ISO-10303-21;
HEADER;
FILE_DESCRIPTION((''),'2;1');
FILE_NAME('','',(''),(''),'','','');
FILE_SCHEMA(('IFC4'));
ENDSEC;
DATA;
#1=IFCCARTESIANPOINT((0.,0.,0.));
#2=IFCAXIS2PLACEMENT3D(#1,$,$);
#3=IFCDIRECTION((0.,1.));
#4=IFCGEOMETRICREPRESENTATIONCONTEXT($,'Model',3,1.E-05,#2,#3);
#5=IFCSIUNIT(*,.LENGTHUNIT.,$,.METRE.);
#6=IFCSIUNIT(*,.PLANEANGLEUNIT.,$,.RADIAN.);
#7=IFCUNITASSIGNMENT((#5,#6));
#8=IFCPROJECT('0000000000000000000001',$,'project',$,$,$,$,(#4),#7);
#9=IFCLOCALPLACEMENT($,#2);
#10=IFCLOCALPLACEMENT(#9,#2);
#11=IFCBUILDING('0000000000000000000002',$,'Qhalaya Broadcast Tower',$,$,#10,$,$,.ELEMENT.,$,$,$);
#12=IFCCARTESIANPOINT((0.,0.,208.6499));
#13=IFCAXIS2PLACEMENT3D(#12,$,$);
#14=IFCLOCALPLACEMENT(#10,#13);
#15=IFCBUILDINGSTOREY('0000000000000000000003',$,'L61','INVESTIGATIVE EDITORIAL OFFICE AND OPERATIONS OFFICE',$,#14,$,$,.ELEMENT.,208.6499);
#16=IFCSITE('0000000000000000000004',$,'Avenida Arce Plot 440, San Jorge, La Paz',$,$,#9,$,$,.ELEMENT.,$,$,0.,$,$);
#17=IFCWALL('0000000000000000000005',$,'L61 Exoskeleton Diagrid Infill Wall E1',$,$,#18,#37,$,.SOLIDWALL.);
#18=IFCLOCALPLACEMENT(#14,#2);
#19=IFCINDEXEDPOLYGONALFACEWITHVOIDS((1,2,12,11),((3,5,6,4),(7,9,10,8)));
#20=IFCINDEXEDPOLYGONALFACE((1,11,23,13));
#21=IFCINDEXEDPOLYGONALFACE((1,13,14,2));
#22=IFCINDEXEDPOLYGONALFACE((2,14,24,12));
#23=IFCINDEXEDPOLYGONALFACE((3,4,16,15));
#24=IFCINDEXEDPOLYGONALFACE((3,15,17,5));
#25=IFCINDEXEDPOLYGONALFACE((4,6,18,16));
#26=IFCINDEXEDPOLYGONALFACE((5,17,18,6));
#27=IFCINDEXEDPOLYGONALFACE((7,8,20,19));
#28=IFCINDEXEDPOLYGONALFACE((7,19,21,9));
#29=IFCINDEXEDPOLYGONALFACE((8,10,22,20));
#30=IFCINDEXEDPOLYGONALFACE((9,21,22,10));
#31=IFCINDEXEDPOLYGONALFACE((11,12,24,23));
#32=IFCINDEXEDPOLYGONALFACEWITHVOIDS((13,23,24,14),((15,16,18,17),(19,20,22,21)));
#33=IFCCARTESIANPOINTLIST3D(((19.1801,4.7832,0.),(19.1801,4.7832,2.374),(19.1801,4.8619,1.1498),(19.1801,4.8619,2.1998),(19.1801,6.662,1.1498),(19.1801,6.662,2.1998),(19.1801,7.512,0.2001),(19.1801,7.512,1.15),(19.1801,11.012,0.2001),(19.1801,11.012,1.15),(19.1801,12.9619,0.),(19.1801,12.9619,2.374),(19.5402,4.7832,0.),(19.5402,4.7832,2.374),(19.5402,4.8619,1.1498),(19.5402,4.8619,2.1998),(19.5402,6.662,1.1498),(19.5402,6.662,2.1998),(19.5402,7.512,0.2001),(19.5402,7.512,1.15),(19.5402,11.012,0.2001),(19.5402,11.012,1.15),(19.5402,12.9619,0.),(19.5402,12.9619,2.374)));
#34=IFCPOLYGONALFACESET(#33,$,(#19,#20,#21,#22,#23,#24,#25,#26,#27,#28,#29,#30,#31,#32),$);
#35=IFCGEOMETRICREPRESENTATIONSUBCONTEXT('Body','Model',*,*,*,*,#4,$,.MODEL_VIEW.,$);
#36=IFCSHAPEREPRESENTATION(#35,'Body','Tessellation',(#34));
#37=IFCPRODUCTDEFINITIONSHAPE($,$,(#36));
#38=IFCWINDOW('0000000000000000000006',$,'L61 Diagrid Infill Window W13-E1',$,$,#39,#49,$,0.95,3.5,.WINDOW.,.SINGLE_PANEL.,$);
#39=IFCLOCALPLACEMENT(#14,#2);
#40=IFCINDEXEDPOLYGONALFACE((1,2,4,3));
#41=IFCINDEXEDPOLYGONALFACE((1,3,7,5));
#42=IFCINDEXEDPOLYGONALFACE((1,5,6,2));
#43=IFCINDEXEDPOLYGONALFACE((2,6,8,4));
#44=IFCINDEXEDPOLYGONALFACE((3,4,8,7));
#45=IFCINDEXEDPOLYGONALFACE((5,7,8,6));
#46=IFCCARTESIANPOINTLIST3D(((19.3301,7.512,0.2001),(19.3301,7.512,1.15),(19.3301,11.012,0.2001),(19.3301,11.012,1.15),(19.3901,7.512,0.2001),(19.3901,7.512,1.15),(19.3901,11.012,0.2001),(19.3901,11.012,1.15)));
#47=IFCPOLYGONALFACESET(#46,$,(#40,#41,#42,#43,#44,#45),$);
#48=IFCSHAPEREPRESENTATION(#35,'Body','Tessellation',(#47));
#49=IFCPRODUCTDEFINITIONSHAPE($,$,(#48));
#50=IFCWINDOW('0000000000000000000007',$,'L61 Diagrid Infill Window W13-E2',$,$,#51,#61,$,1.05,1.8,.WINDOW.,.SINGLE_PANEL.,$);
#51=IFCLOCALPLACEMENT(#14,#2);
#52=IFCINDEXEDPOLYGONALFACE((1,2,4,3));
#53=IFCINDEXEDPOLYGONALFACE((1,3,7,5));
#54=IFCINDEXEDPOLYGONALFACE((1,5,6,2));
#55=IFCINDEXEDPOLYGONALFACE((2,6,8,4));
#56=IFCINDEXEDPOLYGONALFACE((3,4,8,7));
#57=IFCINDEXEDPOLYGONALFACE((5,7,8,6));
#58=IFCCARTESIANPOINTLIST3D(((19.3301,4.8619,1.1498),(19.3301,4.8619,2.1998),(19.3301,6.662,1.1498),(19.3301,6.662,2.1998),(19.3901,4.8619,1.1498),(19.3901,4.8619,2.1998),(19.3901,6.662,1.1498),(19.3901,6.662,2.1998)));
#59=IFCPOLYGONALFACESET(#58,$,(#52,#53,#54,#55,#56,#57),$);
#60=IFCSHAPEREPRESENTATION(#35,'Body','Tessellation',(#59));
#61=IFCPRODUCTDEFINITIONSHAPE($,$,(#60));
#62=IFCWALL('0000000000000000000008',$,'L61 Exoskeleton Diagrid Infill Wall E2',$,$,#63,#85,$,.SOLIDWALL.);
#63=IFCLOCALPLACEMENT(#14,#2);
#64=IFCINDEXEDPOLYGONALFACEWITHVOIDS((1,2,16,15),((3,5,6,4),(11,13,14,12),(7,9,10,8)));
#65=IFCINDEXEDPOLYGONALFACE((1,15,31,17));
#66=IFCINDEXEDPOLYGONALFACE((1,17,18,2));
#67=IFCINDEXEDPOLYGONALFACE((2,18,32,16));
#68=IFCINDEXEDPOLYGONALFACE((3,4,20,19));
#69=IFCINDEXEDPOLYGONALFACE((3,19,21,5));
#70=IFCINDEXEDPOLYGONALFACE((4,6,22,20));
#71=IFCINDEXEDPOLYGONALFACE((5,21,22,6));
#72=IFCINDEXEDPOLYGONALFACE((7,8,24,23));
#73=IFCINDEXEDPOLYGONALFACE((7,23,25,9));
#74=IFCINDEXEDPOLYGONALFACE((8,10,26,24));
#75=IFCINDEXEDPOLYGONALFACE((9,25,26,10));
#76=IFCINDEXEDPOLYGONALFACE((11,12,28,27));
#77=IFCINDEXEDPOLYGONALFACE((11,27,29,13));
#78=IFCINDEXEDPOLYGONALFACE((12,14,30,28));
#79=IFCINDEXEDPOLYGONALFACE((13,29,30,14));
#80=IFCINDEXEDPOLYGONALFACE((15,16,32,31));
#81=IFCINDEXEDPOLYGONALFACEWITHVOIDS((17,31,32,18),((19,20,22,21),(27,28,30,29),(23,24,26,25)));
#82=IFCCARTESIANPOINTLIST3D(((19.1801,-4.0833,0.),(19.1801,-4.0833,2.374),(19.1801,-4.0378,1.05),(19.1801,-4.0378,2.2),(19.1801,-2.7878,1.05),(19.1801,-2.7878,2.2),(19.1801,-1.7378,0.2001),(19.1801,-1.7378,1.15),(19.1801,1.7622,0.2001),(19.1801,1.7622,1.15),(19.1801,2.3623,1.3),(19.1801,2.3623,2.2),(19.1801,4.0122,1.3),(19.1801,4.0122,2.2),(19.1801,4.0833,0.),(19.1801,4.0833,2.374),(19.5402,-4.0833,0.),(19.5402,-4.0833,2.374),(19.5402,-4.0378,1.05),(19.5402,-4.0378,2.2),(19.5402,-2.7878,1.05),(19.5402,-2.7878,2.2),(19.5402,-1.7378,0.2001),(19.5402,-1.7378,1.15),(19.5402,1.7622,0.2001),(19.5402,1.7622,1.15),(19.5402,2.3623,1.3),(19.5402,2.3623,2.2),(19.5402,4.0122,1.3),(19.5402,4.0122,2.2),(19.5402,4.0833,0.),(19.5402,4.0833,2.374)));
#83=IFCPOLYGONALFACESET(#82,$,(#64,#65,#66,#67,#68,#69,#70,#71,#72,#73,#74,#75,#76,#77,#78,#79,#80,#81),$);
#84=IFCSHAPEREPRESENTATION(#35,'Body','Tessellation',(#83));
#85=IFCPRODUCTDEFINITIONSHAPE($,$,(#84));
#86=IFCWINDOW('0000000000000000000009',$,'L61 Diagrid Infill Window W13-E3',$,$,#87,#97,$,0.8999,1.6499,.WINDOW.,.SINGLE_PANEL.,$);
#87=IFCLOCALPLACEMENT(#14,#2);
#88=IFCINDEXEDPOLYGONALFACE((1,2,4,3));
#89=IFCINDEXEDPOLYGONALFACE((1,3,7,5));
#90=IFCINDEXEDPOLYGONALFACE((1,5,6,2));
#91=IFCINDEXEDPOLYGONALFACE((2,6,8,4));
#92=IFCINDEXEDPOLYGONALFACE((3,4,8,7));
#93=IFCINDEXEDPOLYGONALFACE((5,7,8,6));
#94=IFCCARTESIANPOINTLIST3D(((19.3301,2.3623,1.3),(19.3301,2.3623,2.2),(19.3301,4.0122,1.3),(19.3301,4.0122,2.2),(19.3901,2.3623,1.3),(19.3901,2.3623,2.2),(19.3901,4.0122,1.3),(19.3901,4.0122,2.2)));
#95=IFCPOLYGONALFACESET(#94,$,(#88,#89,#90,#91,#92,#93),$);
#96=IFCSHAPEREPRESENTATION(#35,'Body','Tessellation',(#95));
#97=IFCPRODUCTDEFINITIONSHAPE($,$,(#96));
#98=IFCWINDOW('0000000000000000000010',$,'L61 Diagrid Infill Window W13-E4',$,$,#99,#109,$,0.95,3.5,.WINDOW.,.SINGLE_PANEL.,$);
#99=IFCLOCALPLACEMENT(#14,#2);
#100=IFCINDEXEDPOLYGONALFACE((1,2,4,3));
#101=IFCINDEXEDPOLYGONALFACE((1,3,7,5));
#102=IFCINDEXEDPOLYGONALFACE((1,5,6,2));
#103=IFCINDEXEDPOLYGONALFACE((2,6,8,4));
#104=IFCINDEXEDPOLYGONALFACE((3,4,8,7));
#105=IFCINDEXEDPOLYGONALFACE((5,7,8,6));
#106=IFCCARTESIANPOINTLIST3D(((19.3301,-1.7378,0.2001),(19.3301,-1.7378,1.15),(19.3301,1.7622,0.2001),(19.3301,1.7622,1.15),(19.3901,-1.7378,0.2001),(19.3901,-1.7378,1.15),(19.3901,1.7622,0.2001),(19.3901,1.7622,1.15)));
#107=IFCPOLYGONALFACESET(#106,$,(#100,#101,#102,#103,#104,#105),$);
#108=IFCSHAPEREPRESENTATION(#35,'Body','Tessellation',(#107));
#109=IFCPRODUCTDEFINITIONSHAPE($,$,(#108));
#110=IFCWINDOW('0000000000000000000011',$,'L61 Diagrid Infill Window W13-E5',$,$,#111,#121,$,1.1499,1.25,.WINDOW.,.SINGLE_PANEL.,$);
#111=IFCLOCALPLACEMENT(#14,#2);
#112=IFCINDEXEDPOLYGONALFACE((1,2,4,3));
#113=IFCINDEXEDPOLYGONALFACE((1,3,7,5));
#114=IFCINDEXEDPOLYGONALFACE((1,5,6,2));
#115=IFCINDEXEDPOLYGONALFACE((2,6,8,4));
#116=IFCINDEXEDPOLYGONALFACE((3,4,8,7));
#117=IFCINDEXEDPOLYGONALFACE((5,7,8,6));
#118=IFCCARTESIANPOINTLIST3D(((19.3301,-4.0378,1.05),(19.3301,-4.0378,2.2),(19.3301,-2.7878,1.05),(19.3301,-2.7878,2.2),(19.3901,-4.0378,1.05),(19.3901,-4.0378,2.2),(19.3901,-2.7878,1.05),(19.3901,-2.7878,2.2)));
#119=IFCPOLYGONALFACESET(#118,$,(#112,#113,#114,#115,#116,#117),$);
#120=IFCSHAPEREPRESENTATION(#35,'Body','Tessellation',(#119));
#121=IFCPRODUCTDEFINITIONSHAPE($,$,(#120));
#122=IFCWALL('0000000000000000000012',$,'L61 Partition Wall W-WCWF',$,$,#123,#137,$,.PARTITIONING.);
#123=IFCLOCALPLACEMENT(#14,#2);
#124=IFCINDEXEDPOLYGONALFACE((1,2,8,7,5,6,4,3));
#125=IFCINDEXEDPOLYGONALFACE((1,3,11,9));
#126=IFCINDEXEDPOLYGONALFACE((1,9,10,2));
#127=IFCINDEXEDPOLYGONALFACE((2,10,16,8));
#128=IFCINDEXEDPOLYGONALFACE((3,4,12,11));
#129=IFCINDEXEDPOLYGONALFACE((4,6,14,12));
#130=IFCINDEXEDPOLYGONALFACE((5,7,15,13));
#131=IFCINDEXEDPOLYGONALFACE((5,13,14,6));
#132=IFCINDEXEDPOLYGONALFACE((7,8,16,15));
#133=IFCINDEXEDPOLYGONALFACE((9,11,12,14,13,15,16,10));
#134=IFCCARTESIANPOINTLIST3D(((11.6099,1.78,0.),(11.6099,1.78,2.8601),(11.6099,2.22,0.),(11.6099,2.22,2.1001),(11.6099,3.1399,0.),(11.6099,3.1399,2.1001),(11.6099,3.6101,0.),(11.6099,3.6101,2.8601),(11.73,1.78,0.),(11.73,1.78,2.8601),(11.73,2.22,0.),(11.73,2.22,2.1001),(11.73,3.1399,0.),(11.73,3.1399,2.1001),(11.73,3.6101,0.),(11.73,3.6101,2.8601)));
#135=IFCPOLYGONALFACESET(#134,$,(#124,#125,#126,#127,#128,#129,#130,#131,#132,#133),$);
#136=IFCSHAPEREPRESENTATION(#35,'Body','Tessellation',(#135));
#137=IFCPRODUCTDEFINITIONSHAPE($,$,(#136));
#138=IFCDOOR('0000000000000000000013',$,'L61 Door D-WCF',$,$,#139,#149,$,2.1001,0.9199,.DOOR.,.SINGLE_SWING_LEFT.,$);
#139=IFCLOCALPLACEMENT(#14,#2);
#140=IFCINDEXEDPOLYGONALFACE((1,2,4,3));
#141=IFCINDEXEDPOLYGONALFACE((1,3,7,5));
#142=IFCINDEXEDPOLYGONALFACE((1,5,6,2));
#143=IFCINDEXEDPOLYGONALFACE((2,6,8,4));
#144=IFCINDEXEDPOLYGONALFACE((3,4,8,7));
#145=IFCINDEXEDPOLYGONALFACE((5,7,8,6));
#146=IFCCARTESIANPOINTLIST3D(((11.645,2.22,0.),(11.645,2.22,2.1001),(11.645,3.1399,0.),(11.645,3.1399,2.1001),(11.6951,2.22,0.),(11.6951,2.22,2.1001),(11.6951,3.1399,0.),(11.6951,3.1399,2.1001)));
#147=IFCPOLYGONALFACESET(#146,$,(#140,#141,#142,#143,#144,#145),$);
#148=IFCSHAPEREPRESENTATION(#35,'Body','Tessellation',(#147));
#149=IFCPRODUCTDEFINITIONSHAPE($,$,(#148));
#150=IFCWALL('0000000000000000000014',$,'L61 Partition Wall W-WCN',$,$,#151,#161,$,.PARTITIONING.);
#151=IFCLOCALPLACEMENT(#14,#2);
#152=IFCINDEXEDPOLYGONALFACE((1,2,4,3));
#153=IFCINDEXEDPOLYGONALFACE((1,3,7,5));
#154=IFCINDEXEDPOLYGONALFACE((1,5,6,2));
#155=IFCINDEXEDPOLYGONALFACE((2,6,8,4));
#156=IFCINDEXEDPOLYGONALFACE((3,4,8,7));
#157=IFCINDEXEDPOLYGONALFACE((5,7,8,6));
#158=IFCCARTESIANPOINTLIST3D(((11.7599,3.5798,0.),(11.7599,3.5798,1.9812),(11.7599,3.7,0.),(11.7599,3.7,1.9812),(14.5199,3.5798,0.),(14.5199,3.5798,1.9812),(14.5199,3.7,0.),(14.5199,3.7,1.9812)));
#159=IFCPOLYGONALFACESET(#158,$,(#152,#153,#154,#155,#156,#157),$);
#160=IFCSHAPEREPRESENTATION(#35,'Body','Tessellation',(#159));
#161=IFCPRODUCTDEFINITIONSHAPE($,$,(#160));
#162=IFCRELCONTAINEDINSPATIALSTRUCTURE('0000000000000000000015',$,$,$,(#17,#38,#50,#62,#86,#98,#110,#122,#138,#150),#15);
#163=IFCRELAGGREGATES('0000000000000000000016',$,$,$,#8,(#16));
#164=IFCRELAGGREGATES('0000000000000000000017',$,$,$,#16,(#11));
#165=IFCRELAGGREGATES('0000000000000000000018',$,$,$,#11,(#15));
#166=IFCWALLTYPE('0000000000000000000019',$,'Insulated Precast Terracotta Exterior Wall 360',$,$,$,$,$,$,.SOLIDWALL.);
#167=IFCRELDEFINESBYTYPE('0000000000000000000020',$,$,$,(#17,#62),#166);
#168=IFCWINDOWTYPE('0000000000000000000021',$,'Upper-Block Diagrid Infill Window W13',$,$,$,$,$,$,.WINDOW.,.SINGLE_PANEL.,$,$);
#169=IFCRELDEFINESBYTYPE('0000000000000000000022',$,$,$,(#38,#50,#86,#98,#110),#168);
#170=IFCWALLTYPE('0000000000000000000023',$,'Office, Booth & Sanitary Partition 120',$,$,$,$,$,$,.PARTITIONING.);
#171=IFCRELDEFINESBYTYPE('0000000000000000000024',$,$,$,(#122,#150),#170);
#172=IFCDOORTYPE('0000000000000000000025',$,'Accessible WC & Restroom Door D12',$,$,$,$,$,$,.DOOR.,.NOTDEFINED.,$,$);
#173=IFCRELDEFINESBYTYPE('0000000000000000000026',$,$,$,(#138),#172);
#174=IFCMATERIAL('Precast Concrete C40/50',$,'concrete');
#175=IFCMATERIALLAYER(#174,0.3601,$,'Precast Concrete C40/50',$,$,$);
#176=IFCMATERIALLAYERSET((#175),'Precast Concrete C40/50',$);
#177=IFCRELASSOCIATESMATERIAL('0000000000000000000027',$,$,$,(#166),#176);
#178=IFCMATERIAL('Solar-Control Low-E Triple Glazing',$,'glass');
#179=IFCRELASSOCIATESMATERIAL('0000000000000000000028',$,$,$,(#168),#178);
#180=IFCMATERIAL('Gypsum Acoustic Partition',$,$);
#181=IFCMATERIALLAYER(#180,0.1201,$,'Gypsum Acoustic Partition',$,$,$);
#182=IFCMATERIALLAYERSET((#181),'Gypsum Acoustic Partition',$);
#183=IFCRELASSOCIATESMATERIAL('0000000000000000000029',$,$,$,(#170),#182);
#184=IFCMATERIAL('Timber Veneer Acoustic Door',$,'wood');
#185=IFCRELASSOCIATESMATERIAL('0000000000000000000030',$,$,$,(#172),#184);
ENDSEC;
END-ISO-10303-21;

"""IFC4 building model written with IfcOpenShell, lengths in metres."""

from ifc_helpers import new_model, si_unit, direction, frame, frame_2d, origin, place, context, subcontext, project, spatial, rectangle, extrude, material, layer, layer_set, type_object, element, fill, save


model = new_model("IFC4")

# Units and contexts
model_context = context("Model", 3, precision=1e-05, world=origin(), true_north=direction((0.0, 1.0)))
body_context = subcontext(model_context, "Body", "Model", "MODEL_VIEW")
ifc_project = project(units=[si_unit("LENGTHUNIT", "METRE"), si_unit("PLANEANGLEUNIT", "RADIAN")], contexts=[model_context])

# Site, building, storey
site_placement = place(None, origin())
site = spatial("IfcSite", under=ifc_project, at=site_placement, Name="Avenida Arce Plot 440, San Jorge, La Paz", CompositionType="ELEMENT", RefElevation=0.0)
building_placement = place(site_placement, origin())
building = spatial("IfcBuilding", under=site, at=building_placement, Name="Qhalaya Broadcast Tower", CompositionType="ELEMENT")
storey_placement = place(building_placement, frame((0.0, 0.0, 208.6499)))
storey = spatial("IfcBuildingStorey", under=building, at=storey_placement, Name="L61", Description="INVESTIGATIVE EDITORIAL OFFICE AND OPERATIONS OFFICE", CompositionType="ELEMENT", Elevation=208.6499)

# Shared definitions
ifc_material_1 = material(Name="Gypsum Acoustic Partition")
ifc_material_2 = material(Name="Timber Veneer Acoustic Door", Category="wood")

# Walls, openings, windows
ifc_material_3 = material(Name="Precast Concrete C40/50", Category="concrete")
ifc_layer_1 = layer(ifc_material_3, 0.3601, Name="Precast Concrete C40/50")
ifc_layer_set_1 = layer_set([ifc_layer_1], Name="Precast Concrete C40/50")
wall_type_1 = type_object("IfcWallType", Name="Insulated Precast Terracotta Exterior Wall 360", PredefinedType="SOLIDWALL", material=ifc_layer_set_1)
wall_1_placement = place(storey_placement, frame((19.3601, 12.9619, 0.0), z_axis=(0.0, 0.0, 1.0), x_axis=(0.0, -1.0, 0.0)))
wall_1 = element("IfcWall", 1, at=wall_1_placement, inside=storey, type_object=wall_type_1, Name="L61 Exoskeleton Diagrid Infill Wall E1", PredefinedType="SOLIDWALL", context=body_context, shape_type="SweptSolid", body=[
    extrude(rectangle(XDim=8.1787, YDim=0.3601, at=frame_2d((4.0894, 0.0))), origin(), (0.0, 0.0, 1.0), 2.374),
])
opening_1_placement = place(wall_1_placement, frame((1.95, 0.0, 0.2)))
opening_1 = element("IfcOpeningElement", 2, at=opening_1_placement, cuts=wall_1, PredefinedType="OPENING", context=body_context, shape_type="SweptSolid", body=[
    extrude(rectangle(XDim=3.5, YDim=0.95, at=frame_2d((1.75, 0.4751))), frame((0.0, 0.1921, 0.0), z_axis=(0.0, -1.0, 0.0), x_axis=(1.0, 0.0, 0.0)), (0.0, 0.0, 1.0), 0.384),
])
opening_2_placement = place(wall_1_placement, frame((6.3, 0.0, 1.1499)))
opening_2 = element("IfcOpeningElement", 3, at=opening_2_placement, cuts=wall_1, PredefinedType="OPENING", context=body_context, shape_type="SweptSolid", body=[
    extrude(rectangle(XDim=1.8, YDim=1.05, at=frame_2d((0.8999, 0.5249))), frame((0.0, 0.1921, 0.0), z_axis=(0.0, -1.0, 0.0), x_axis=(1.0, 0.0, 0.0)), (0.0, 0.0, 1.0), 0.384),
])
ifc_material_4 = material(Name="Solar-Control Low-E Triple Glazing", Category="glass")
window_type = type_object("IfcWindowType", Name="Upper-Block Diagrid Infill Window W13", PartitioningType="SINGLE_PANEL", PredefinedType="WINDOW", material=ifc_material_4)
window_1_placement = place(opening_1_placement, origin())
window_1 = element("IfcWindow", 4, at=window_1_placement, inside=storey, type_object=window_type, Name="L61 Diagrid Infill Window W13-E1", OverallHeight=0.95, OverallWidth=3.5, PartitioningType="SINGLE_PANEL", PredefinedType="WINDOW", context=body_context, shape_type="SweptSolid", body=[
    extrude(rectangle(XDim=3.5, YDim=0.95, at=frame_2d((1.75, 0.4751))), frame((0.0, 0.03, 0.0), z_axis=(0.0, -1.0, 0.0), x_axis=(1.0, 0.0, 0.0)), (0.0, 0.0, 1.0), 0.0601),
])
fill(opening_1, window_1)
window_2_placement = place(opening_2_placement, origin())
window_2 = element("IfcWindow", 5, at=window_2_placement, inside=storey, type_object=window_type, Name="L61 Diagrid Infill Window W13-E2", OverallHeight=1.05, OverallWidth=1.8, PartitioningType="SINGLE_PANEL", PredefinedType="WINDOW", context=body_context, shape_type="SweptSolid", body=[
    extrude(rectangle(XDim=1.8, YDim=1.05, at=frame_2d((0.8999, 0.5249))), frame((0.0, 0.03, 0.0), z_axis=(0.0, -1.0, 0.0), x_axis=(1.0, 0.0, 0.0)), (0.0, 0.0, 1.0), 0.0601),
])
fill(opening_2, window_2)
wall_2_placement = place(storey_placement, frame((19.3601, 4.0833, 0.0), z_axis=(0.0, 0.0, 1.0), x_axis=(0.0, -1.0, 0.0)))
wall_2 = element("IfcWall", 6, at=wall_2_placement, inside=storey, type_object=wall_type_1, Name="L61 Exoskeleton Diagrid Infill Wall E2", PredefinedType="SOLIDWALL", context=body_context, shape_type="SweptSolid", body=[
    extrude(rectangle(XDim=8.1665, YDim=0.3601, at=frame_2d((4.0833, 0.0))), origin(), (0.0, 0.0, 1.0), 2.374),
])
opening_3_placement = place(wall_2_placement, frame((0.071, 0.0, 1.3)))
opening_3 = element("IfcOpeningElement", 7, at=opening_3_placement, cuts=wall_2, PredefinedType="OPENING", context=body_context, shape_type="SweptSolid", body=[
    extrude(rectangle(XDim=1.6499, YDim=0.8999, at=frame_2d((0.825, 0.45))), frame((0.0, 0.1921, 0.0), z_axis=(0.0, -1.0, 0.0), x_axis=(1.0, 0.0, 0.0)), (0.0, 0.0, 1.0), 0.384),
])
opening_4_placement = place(wall_2_placement, frame((2.321, 0.0, 0.2)))
opening_4 = element("IfcOpeningElement", 8, at=opening_4_placement, cuts=wall_2, PredefinedType="OPENING", context=body_context, shape_type="SweptSolid", body=[
    extrude(rectangle(XDim=3.5, YDim=0.95, at=frame_2d((1.75, 0.4751))), frame((0.0, 0.1921, 0.0), z_axis=(0.0, -1.0, 0.0), x_axis=(1.0, 0.0, 0.0)), (0.0, 0.0, 1.0), 0.384),
])
opening_5_placement = place(wall_2_placement, frame((6.8711, 0.0, 1.05)))
opening_5 = element("IfcOpeningElement", 9, at=opening_5_placement, cuts=wall_2, PredefinedType="OPENING", context=body_context, shape_type="SweptSolid", body=[
    extrude(rectangle(XDim=1.25, YDim=1.1499, at=frame_2d((0.625, 0.575))), frame((0.0, 0.1921, 0.0), z_axis=(0.0, -1.0, 0.0), x_axis=(1.0, 0.0, 0.0)), (0.0, 0.0, 1.0), 0.384),
])
window_3_placement = place(opening_3_placement, origin())
window_3 = element("IfcWindow", 10, at=window_3_placement, inside=storey, type_object=window_type, Name="L61 Diagrid Infill Window W13-E3", OverallHeight=0.8999, OverallWidth=1.6499, PartitioningType="SINGLE_PANEL", PredefinedType="WINDOW", context=body_context, shape_type="SweptSolid", body=[
    extrude(rectangle(XDim=1.6499, YDim=0.8999, at=frame_2d((0.825, 0.45))), frame((0.0, 0.03, 0.0), z_axis=(0.0, -1.0, 0.0), x_axis=(1.0, 0.0, 0.0)), (0.0, 0.0, 1.0), 0.0601),
])
fill(opening_3, window_3)
window_4_placement = place(opening_4_placement, origin())
window_4 = element("IfcWindow", 11, at=window_4_placement, inside=storey, type_object=window_type, Name="L61 Diagrid Infill Window W13-E4", OverallHeight=0.95, OverallWidth=3.5, PartitioningType="SINGLE_PANEL", PredefinedType="WINDOW", context=body_context, shape_type="SweptSolid", body=[
    extrude(rectangle(XDim=3.5, YDim=0.95, at=frame_2d((1.75, 0.4751))), frame((0.0, 0.03, 0.0), z_axis=(0.0, -1.0, 0.0), x_axis=(1.0, 0.0, 0.0)), (0.0, 0.0, 1.0), 0.0601),
])
fill(opening_4, window_4)
window_5_placement = place(opening_5_placement, origin())
window_5 = element("IfcWindow", 12, at=window_5_placement, inside=storey, type_object=window_type, Name="L61 Diagrid Infill Window W13-E5", OverallHeight=1.1499, OverallWidth=1.25, PartitioningType="SINGLE_PANEL", PredefinedType="WINDOW", context=body_context, shape_type="SweptSolid", body=[
    extrude(rectangle(XDim=1.25, YDim=1.1499, at=frame_2d((0.625, 0.575))), frame((0.0, 0.03, 0.0), z_axis=(0.0, -1.0, 0.0), x_axis=(1.0, 0.0, 0.0)), (0.0, 0.0, 1.0), 0.0601),
])
fill(opening_5, window_5)

# Wall, opening, door
ifc_layer_2 = layer(ifc_material_1, 0.1201, Name="Gypsum Acoustic Partition")
ifc_layer_set_2 = layer_set([ifc_layer_2], Name="Gypsum Acoustic Partition")
wall_type_2 = type_object("IfcWallType", Name="Office, Booth & Sanitary Partition 120", PredefinedType="PARTITIONING", material=ifc_layer_set_2)
wall_3_placement = place(storey_placement, frame((11.6699, 1.78, 0.0), z_axis=(0.0, 0.0, 1.0), x_axis=(0.0, 1.0, 0.0)))
wall_3 = element("IfcWall", 13, at=wall_3_placement, inside=storey, type_object=wall_type_2, Name="L61 Partition Wall W-WCWF", PredefinedType="PARTITIONING", context=body_context, shape_type="SweptSolid", body=[
    extrude(rectangle(XDim=1.8301, YDim=0.1201, at=frame_2d((0.915, 0.0))), origin(), (0.0, 0.0, 1.0), 2.8601),
])
opening_6_placement = place(wall_3_placement, frame((0.4399, 0.0, 0.0)))
opening_6 = element("IfcOpeningElement", 14, at=opening_6_placement, cuts=wall_3, PredefinedType="OPENING", context=body_context, shape_type="SweptSolid", body=[
    extrude(rectangle(XDim=0.9199, YDim=2.1001, at=frame_2d((0.46, 1.05))), frame((0.0, 0.072, 0.0), z_axis=(0.0, -1.0, 0.0), x_axis=(1.0, 0.0, 0.0)), (0.0, 0.0, 1.0), 0.144),
])
door_type_1 = type_object("IfcDoorType", Name="Accessible WC & Restroom Door D12", OperationType="NOTDEFINED", PredefinedType="DOOR", material=ifc_material_2)
door_1_placement = place(opening_6_placement, origin())
door_1 = element("IfcDoor", 15, at=door_1_placement, inside=storey, type_object=door_type_1, Name="L61 Door D-WCF", OperationType="SINGLE_SWING_LEFT", OverallHeight=2.1001, OverallWidth=0.9199, PredefinedType="DOOR", context=body_context, shape_type="SweptSolid", body=[
    extrude(rectangle(XDim=0.9199, YDim=2.1001, at=frame_2d((0.46, 1.05))), frame((0.0, 0.0249, 0.0), z_axis=(0.0, -1.0, 0.0), x_axis=(1.0, 0.0, 0.0)), (0.0, 0.0, 1.0), 0.05),
])
fill(opening_6, door_1)

# Wall
wall_4_placement = place(storey_placement, frame((11.76, 3.6399, 0.0), z_axis=(0.0, 0.0, 1.0), x_axis=(1.0, 0.0, 0.0)))
element("IfcWall", 16, at=wall_4_placement, inside=storey, type_object=wall_type_2, Name="L61 Partition Wall W-WCN", PredefinedType="PARTITIONING", context=body_context, shape_type="SweptSolid", body=[
    extrude(rectangle(XDim=2.76, YDim=0.1201, at=frame_2d((1.3799, 0.0))), origin(), (0.0, 0.0, 1.0), 1.9812),
])

save(model, "model.ifc")
